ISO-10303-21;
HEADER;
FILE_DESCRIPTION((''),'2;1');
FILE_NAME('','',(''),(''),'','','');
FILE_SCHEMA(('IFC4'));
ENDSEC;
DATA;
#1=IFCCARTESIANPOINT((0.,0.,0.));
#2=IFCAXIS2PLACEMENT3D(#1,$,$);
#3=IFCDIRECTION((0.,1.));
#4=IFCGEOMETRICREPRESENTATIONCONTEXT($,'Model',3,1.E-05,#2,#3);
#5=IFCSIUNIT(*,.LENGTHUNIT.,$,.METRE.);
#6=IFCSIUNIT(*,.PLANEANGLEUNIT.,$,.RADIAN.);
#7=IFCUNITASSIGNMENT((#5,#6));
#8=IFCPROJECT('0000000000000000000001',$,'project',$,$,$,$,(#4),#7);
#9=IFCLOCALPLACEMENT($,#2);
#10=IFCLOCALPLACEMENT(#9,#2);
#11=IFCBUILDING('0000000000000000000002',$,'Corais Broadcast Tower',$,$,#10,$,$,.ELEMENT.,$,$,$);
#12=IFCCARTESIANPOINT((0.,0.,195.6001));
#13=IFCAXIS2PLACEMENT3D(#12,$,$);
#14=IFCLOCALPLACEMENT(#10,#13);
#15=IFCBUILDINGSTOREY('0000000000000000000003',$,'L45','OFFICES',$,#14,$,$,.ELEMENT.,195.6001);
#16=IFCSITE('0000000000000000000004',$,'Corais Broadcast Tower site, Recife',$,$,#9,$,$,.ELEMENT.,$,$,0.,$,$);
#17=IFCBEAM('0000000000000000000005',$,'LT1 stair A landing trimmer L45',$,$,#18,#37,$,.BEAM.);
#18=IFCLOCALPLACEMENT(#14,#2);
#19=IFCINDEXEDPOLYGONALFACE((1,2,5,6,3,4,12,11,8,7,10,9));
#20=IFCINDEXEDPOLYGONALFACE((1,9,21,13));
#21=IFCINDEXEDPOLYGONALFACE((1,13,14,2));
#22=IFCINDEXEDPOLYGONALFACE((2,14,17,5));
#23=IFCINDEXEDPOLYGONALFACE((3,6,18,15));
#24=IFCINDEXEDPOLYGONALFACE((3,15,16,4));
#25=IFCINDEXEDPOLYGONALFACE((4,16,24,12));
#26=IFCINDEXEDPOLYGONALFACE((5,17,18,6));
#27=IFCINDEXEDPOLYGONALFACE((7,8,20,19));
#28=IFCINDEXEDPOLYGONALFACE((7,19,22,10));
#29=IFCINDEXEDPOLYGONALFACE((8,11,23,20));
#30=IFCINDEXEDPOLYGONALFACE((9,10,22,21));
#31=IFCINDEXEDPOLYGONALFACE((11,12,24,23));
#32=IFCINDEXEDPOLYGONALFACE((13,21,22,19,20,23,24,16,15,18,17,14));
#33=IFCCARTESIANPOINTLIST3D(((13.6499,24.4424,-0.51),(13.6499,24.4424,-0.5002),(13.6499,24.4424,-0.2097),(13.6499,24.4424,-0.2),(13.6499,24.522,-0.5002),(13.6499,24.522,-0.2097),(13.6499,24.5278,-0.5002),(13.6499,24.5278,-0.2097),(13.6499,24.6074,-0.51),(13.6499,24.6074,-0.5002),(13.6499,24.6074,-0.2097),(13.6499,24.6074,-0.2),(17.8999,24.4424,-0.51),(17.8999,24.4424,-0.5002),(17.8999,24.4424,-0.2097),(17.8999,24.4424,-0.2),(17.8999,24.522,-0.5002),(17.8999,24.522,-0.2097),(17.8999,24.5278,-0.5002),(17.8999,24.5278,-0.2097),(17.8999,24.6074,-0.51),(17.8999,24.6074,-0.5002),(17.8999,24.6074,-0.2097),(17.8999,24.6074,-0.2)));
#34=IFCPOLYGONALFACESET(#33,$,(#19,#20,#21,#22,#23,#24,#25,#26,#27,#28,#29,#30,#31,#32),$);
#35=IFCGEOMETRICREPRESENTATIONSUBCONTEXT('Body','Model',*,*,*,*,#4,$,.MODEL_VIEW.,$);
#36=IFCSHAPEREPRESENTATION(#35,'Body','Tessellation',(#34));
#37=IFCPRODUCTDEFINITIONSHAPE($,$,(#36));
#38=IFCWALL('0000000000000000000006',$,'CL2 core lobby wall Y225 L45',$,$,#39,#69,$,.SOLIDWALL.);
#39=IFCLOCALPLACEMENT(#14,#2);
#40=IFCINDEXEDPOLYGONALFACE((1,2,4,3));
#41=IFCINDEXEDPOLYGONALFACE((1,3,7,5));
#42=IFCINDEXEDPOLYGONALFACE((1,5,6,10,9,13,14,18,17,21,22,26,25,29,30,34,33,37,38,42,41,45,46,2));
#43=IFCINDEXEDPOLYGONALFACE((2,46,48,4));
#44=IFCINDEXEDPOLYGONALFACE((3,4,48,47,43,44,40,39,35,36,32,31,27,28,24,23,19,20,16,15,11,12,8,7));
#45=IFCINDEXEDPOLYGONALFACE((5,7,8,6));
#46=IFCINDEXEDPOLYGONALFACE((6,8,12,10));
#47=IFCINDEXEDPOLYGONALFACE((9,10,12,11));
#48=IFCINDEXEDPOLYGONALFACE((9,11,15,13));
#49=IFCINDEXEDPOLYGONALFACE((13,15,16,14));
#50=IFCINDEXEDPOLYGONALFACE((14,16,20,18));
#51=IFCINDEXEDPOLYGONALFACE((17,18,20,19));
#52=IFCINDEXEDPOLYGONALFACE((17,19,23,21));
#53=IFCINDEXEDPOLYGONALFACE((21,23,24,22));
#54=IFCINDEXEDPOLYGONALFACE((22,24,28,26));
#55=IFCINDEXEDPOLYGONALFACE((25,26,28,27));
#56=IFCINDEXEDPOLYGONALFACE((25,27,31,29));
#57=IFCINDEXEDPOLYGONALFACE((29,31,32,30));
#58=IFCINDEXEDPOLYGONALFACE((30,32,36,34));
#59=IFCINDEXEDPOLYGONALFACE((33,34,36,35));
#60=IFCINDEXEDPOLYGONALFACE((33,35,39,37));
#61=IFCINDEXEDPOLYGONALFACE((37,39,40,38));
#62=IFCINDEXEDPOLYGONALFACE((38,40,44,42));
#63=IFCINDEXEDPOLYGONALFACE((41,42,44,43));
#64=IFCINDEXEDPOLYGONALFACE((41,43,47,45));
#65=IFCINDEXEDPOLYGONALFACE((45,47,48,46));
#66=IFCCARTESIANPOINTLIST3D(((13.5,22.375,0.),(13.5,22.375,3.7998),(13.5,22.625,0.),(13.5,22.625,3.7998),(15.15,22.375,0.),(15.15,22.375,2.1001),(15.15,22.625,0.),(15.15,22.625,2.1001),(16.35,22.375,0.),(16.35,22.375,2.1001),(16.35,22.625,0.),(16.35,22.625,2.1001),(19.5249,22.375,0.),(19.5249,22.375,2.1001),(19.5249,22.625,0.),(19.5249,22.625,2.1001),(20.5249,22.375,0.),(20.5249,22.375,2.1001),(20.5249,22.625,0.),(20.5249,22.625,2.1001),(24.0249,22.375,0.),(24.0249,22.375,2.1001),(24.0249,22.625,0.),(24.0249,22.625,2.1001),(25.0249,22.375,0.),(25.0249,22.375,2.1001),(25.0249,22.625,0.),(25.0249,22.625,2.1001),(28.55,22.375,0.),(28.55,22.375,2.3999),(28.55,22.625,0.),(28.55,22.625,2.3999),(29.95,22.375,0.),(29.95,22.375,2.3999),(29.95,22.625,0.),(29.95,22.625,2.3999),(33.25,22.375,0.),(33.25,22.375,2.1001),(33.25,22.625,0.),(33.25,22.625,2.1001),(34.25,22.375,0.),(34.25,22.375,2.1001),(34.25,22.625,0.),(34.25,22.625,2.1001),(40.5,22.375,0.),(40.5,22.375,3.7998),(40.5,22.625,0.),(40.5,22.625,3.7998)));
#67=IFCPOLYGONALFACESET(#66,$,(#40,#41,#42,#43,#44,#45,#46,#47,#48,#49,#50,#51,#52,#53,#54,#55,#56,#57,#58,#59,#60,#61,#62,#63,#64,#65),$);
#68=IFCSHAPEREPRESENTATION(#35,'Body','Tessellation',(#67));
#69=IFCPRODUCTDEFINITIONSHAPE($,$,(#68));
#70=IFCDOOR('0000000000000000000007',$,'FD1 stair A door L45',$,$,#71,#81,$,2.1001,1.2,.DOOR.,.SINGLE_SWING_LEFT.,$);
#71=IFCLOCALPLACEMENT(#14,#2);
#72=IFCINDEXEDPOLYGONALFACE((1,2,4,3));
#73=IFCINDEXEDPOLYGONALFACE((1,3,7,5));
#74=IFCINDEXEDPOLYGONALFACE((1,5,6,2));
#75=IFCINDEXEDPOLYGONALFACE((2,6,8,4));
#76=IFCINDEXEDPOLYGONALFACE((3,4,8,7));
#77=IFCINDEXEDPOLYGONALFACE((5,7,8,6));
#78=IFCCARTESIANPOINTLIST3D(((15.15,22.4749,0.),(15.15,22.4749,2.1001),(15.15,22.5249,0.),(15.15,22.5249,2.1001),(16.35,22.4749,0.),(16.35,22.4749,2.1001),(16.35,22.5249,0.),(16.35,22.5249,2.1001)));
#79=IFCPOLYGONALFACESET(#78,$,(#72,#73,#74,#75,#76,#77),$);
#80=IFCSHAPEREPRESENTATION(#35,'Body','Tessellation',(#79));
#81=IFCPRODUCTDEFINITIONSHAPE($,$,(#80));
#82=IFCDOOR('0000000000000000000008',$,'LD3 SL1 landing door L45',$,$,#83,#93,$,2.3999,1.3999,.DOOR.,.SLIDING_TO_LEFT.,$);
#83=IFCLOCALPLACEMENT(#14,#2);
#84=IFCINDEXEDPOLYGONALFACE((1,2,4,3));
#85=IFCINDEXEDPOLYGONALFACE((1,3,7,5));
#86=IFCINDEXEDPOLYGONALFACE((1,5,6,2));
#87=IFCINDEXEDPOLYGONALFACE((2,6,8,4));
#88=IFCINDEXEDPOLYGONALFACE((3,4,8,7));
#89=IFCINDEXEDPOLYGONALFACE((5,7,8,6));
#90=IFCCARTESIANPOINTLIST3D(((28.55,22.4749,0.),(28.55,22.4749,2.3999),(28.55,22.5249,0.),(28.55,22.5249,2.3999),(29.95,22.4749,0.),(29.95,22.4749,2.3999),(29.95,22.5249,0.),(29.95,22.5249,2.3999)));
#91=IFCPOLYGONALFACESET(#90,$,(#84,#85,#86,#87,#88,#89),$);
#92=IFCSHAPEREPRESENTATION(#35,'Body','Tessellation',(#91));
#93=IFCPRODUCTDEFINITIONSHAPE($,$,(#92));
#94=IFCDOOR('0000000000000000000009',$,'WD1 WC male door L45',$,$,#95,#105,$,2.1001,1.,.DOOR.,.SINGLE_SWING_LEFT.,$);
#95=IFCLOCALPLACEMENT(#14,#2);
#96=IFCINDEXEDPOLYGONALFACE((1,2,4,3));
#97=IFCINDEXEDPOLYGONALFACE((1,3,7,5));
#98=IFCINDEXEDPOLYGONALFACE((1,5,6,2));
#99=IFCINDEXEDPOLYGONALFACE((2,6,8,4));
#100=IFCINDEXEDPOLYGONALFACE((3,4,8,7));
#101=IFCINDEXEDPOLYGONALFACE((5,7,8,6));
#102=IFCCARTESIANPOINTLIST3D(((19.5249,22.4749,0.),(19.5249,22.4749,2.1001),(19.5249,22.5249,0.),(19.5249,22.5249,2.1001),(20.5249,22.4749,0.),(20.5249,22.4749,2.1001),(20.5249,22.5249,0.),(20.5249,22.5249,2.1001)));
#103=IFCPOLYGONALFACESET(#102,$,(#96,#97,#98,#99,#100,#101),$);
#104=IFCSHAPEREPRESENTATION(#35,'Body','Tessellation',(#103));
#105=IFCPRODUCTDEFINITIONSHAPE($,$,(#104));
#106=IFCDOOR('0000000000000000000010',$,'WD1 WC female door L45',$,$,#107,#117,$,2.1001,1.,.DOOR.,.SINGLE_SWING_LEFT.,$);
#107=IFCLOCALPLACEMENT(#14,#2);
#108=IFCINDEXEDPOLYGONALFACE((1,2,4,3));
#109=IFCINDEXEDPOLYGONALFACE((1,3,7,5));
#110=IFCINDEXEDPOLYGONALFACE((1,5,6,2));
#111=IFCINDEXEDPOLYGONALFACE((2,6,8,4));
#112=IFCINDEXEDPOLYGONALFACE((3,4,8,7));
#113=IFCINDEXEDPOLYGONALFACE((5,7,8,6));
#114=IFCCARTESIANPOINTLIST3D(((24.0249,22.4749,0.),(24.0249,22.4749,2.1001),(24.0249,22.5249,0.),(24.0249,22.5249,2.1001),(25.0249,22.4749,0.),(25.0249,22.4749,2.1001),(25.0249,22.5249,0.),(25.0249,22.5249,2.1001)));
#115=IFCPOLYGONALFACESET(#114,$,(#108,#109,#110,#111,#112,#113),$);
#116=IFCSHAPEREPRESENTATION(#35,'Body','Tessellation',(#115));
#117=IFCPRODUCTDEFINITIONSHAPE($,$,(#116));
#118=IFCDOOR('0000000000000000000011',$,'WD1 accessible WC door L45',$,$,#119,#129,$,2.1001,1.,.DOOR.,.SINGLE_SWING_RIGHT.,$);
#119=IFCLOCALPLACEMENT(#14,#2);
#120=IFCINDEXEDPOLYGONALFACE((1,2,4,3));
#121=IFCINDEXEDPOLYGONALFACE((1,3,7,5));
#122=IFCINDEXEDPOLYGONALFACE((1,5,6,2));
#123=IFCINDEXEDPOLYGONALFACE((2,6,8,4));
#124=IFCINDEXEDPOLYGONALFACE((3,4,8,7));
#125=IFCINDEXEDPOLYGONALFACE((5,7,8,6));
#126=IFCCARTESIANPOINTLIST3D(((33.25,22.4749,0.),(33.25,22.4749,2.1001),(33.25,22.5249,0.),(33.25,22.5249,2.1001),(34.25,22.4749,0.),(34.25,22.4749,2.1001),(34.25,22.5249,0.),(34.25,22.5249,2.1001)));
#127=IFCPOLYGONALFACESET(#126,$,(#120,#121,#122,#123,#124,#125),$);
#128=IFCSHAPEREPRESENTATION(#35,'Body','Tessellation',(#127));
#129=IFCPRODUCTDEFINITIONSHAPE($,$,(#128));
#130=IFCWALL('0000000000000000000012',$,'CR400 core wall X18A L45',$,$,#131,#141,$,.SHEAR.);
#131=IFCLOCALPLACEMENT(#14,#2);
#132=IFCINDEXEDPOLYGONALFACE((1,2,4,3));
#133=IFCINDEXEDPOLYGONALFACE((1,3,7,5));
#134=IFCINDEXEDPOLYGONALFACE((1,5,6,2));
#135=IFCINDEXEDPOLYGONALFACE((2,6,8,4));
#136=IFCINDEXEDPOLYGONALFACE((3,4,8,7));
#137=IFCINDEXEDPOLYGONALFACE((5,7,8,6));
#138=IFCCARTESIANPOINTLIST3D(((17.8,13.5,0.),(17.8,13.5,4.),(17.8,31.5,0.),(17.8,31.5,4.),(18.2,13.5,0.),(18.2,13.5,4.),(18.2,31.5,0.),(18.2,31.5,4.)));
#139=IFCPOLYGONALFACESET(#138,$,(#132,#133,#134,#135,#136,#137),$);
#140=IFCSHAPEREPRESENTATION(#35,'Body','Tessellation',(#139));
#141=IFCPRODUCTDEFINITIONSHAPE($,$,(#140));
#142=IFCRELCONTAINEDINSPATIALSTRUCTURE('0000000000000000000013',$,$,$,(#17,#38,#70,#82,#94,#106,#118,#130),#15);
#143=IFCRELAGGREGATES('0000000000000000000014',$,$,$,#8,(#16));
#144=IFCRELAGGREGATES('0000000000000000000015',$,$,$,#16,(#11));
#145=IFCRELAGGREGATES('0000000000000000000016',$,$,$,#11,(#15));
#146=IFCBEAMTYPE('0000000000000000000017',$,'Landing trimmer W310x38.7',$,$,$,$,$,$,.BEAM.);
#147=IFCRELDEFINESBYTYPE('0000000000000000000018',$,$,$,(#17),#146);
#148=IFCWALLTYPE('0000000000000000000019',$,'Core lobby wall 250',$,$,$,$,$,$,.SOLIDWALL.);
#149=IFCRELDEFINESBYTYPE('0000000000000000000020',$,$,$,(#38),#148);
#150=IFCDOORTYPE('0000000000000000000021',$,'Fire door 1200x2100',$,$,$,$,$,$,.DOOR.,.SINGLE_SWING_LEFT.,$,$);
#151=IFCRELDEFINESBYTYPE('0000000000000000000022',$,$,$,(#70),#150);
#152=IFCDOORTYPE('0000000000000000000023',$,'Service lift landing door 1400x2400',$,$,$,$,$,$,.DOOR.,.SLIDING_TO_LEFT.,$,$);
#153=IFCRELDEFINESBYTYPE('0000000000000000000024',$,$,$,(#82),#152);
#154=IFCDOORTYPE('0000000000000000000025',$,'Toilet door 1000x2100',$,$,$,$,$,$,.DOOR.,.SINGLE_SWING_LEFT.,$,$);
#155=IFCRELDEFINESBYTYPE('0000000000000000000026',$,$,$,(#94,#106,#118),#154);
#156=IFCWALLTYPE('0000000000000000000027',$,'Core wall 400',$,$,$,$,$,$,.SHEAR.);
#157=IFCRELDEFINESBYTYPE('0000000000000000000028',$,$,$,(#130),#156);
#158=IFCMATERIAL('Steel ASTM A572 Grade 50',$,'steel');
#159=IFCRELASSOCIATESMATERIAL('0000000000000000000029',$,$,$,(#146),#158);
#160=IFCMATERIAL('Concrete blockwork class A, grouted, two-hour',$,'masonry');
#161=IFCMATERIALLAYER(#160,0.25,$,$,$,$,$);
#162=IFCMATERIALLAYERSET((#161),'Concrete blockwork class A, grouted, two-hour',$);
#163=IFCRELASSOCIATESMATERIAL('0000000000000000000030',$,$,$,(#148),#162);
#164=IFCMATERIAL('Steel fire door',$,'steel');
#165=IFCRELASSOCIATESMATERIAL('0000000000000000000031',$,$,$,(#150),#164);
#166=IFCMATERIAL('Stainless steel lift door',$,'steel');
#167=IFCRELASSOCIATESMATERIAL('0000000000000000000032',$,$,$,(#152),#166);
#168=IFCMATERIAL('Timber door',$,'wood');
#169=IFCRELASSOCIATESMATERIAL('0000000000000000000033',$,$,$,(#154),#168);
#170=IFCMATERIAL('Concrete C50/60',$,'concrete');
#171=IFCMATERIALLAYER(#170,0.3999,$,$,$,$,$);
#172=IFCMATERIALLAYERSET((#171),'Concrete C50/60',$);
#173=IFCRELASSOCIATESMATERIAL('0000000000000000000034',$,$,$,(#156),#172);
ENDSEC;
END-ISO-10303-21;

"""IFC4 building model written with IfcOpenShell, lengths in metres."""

from ifc_helpers import new_model, si_unit, direction, frame, frame_2d, origin, origin_2d, place, context, subcontext, project, spatial, rectangle, i_section, extrude, material, layer, layer_set, material_profile, profile_set, type_object, element, fill, save


model = new_model("IFC4")

# Units and contexts
model_context = context("Model", 3, precision=1e-05, world=origin(), true_north=direction((0.0, 1.0)))
body_context = subcontext(model_context, "Body", "Model", "MODEL_VIEW")
ifc_project = project(units=[si_unit("LENGTHUNIT", "METRE"), si_unit("PLANEANGLEUNIT", "RADIAN")], contexts=[model_context])

# Site, building, storey
site_placement = place(None, origin())
site = spatial("IfcSite", under=ifc_project, at=site_placement, Name="Corais Broadcast Tower site, Recife", CompositionType="ELEMENT", RefElevation=0.0)
building_placement = place(site_placement, origin())
building = spatial("IfcBuilding", under=site, at=building_placement, Name="Corais Broadcast Tower", CompositionType="ELEMENT")
storey_placement = place(building_placement, frame((0.0, 0.0, 195.6001)))
storey = spatial("IfcBuildingStorey", under=building, at=storey_placement, Name="L45", Description="OFFICES", CompositionType="ELEMENT", Elevation=195.6001)

# Beam
ifc_material_1 = material(Name="Steel ASTM A572 Grade 50", Category="steel")
ifc_material_profile = material_profile(ifc_material_1, i_section(OverallWidth=0.165, OverallDepth=0.3101, WebThickness=0.0059, FlangeThickness=0.0098, at=origin_2d()), Name="W310x38.7")
ifc_profile_set = profile_set([ifc_material_profile], Name="Steel ASTM A572 Grade 50")
beam_type = type_object("IfcBeamType", Name="Landing trimmer W310x38.7", PredefinedType="BEAM", material=ifc_profile_set)
beam_placement = place(storey_placement, frame((13.6499, 24.5249, -0.355), z_axis=(1.0, 0.0, 0.0), x_axis=(0.0, 1.0, 0.0)))
element("IfcBeam", 1, at=beam_placement, inside=storey, type_object=beam_type, Name="LT1 stair A landing trimmer L45", PredefinedType="BEAM", context=body_context, shape_type="SweptSolid", body=[
    extrude(i_section(OverallWidth=0.165, OverallDepth=0.3101, WebThickness=0.0059, FlangeThickness=0.0098, at=origin_2d()), origin(), (0.0, 0.0, 1.0), 4.25),
])

# Wall, openings, doors
ifc_material_2 = material(Name="Concrete blockwork class A, grouted, two-hour", Category="masonry")
ifc_layer_1 = layer(ifc_material_2, 0.25)
ifc_layer_set_1 = layer_set([ifc_layer_1], Name="Concrete blockwork class A, grouted, two-hour")
wall_type_1 = type_object("IfcWallType", Name="Core lobby wall 250", PredefinedType="SOLIDWALL", material=ifc_layer_set_1)
wall_1_placement = place(storey_placement, frame((13.5, 22.5, 0.0), z_axis=(0.0, 0.0, 1.0), x_axis=(1.0, 0.0, 0.0)))
wall_1 = element("IfcWall", 2, at=wall_1_placement, inside=storey, type_object=wall_type_1, Name="CL2 core lobby wall Y225 L45", PredefinedType="SOLIDWALL", context=body_context, shape_type="SweptSolid", body=[
    extrude(rectangle(XDim=27.0, YDim=0.25, at=frame_2d((13.5, 0.0))), origin(), (0.0, 0.0, 1.0), 3.7998),
])
opening_1_placement = place(wall_1_placement, frame((1.6499, 0.0, 0.0)))
opening_1 = element("IfcOpeningElement", 3, at=opening_1_placement, cuts=wall_1, PredefinedType="OPENING", context=body_context, shape_type="SweptSolid", body=[
    extrude(rectangle(XDim=1.2, YDim=2.1001, at=frame_2d((0.6001, 1.05))), frame((0.0, 0.135, 0.0), z_axis=(0.0, -1.0, 0.0), x_axis=(1.0, 0.0, 0.0)), (0.0, 0.0, 1.0), 0.27),
])
opening_2_placement = place(wall_1_placement, frame((6.0249, 0.0, 0.0)))
opening_2 = element("IfcOpeningElement", 4, at=opening_2_placement, cuts=wall_1, PredefinedType="OPENING", context=body_context, shape_type="SweptSolid", body=[
    extrude(rectangle(XDim=1.0, YDim=2.1001, at=frame_2d((0.5, 1.05))), frame((0.0, 0.135, 0.0), z_axis=(0.0, -1.0, 0.0), x_axis=(1.0, 0.0, 0.0)), (0.0, 0.0, 1.0), 0.27),
])
opening_3_placement = place(wall_1_placement, frame((10.5249, 0.0, 0.0)))
opening_3 = element("IfcOpeningElement", 5, at=opening_3_placement, cuts=wall_1, PredefinedType="OPENING", context=body_context, shape_type="SweptSolid", body=[
    extrude(rectangle(XDim=1.0, YDim=2.1001, at=frame_2d((0.5, 1.05))), frame((0.0, 0.135, 0.0), z_axis=(0.0, -1.0, 0.0), x_axis=(1.0, 0.0, 0.0)), (0.0, 0.0, 1.0), 0.27),
])
opening_4_placement = place(wall_1_placement, frame((19.75, 0.0, 0.0)))
opening_4 = element("IfcOpeningElement", 6, at=opening_4_placement, cuts=wall_1, PredefinedType="OPENING", context=body_context, shape_type="SweptSolid", body=[
    extrude(rectangle(XDim=1.0, YDim=2.1001, at=frame_2d((0.5, 1.05))), frame((0.0, 0.135, 0.0), z_axis=(0.0, -1.0, 0.0), x_axis=(1.0, 0.0, 0.0)), (0.0, 0.0, 1.0), 0.27),
])
opening_5_placement = place(wall_1_placement, frame((15.05, 0.0, 0.0)))
opening_5 = element("IfcOpeningElement", 7, at=opening_5_placement, cuts=wall_1, PredefinedType="OPENING", context=body_context, shape_type="SweptSolid", body=[
    extrude(rectangle(XDim=1.3999, YDim=2.3999, at=frame_2d((0.7, 1.2))), frame((0.0, 0.135, 0.0), z_axis=(0.0, -1.0, 0.0), x_axis=(1.0, 0.0, 0.0)), (0.0, 0.0, 1.0), 0.27),
])
ifc_material_3 = material(Name="Steel fire door", Category="steel")
door_type_1 = type_object("IfcDoorType", Name="Fire door 1200x2100", OperationType="SINGLE_SWING_LEFT", PredefinedType="DOOR", material=ifc_material_3)
door_1_placement = place(opening_1_placement, origin())
door_1 = element("IfcDoor", 8, at=door_1_placement, inside=storey, type_object=door_type_1, Name="FD1 stair A door L45", OperationType="SINGLE_SWING_LEFT", OverallHeight=2.1001, OverallWidth=1.2, PredefinedType="DOOR", context=body_context, shape_type="SweptSolid", body=[
    extrude(rectangle(XDim=1.2, YDim=2.1001, at=frame_2d((0.6001, 1.05))), frame((0.0, 0.0249, 0.0), z_axis=(0.0, -1.0, 0.0), x_axis=(1.0, 0.0, 0.0)), (0.0, 0.0, 1.0), 0.05),
])
fill(opening_1, door_1)
ifc_material_4 = material(Name="Stainless steel lift door", Category="steel")
door_type_2 = type_object("IfcDoorType", Name="Service lift landing door 1400x2400", OperationType="SLIDING_TO_LEFT", PredefinedType="DOOR", material=ifc_material_4)
door_2_placement = place(opening_5_placement, origin())
door_2 = element("IfcDoor", 9, at=door_2_placement, inside=storey, type_object=door_type_2, Name="LD3 SL1 landing door L45", OperationType="SLIDING_TO_LEFT", OverallHeight=2.3999, OverallWidth=1.3999, PredefinedType="DOOR", context=body_context, shape_type="SweptSolid", body=[
    extrude(rectangle(XDim=1.3999, YDim=2.3999, at=frame_2d((0.7, 1.2))), frame((0.0, 0.0249, 0.0), z_axis=(0.0, -1.0, 0.0), x_axis=(1.0, 0.0, 0.0)), (0.0, 0.0, 1.0), 0.05),
])
fill(opening_5, door_2)
ifc_material_5 = material(Name="Timber door", Category="wood")
door_type_3 = type_object("IfcDoorType", Name="Toilet door 1000x2100", OperationType="SINGLE_SWING_LEFT", PredefinedType="DOOR", material=ifc_material_5)
door_3_placement = place(opening_2_placement, origin())
door_3 = element("IfcDoor", 10, at=door_3_placement, inside=storey, type_object=door_type_3, Name="WD1 WC male door L45", OperationType="SINGLE_SWING_LEFT", OverallHeight=2.1001, OverallWidth=1.0, PredefinedType="DOOR", context=body_context, shape_type="SweptSolid", body=[
    extrude(rectangle(XDim=1.0, YDim=2.1001, at=frame_2d((0.5, 1.05))), frame((0.0, 0.0249, 0.0), z_axis=(0.0, -1.0, 0.0), x_axis=(1.0, 0.0, 0.0)), (0.0, 0.0, 1.0), 0.05),
])
fill(opening_2, door_3)
door_4_placement = place(opening_3_placement, origin())
door_4 = element("IfcDoor", 11, at=door_4_placement, inside=storey, type_object=door_type_3, Name="WD1 WC female door L45", OperationType="SINGLE_SWING_LEFT", OverallHeight=2.1001, OverallWidth=1.0, PredefinedType="DOOR", context=body_context, shape_type="SweptSolid", body=[
    extrude(rectangle(XDim=1.0, YDim=2.1001, at=frame_2d((0.5, 1.05))), frame((0.0, 0.0249, 0.0), z_axis=(0.0, -1.0, 0.0), x_axis=(1.0, 0.0, 0.0)), (0.0, 0.0, 1.0), 0.05),
])
fill(opening_3, door_4)
door_5_placement = place(opening_4_placement, origin())
door_5 = element("IfcDoor", 12, at=door_5_placement, inside=storey, type_object=door_type_3, Name="WD1 accessible WC door L45", OperationType="SINGLE_SWING_RIGHT", OverallHeight=2.1001, OverallWidth=1.0, PredefinedType="DOOR", context=body_context, shape_type="SweptSolid", body=[
    extrude(rectangle(XDim=1.0, YDim=2.1001, at=frame_2d((0.5, 1.05))), frame((0.0, 0.0249, 0.0), z_axis=(0.0, -1.0, 0.0), x_axis=(1.0, 0.0, 0.0)), (0.0, 0.0, 1.0), 0.05),
])
fill(opening_4, door_5)

# Wall
ifc_material_6 = material(Name="Concrete C50/60", Category="concrete")
ifc_layer_2 = layer(ifc_material_6, 0.3999)
ifc_layer_set_2 = layer_set([ifc_layer_2], Name="Concrete C50/60")
wall_type_2 = type_object("IfcWallType", Name="Core wall 400", PredefinedType="SHEAR", material=ifc_layer_set_2)
wall_2_placement = place(storey_placement, frame((18.0, 13.5, 0.0), z_axis=(0.0, 0.0, 1.0), x_axis=(0.0, 1.0, 0.0)))
element("IfcWall", 13, at=wall_2_placement, inside=storey, type_object=wall_type_2, Name="CR400 core wall X18A L45", PredefinedType="SHEAR", context=body_context, shape_type="SweptSolid", body=[
    extrude(rectangle(XDim=18.0, YDim=0.3999, at=frame_2d((9.0, 0.0))), origin(), (0.0, 0.0, 1.0), 4.0),
])

save(model, "model.ifc")
